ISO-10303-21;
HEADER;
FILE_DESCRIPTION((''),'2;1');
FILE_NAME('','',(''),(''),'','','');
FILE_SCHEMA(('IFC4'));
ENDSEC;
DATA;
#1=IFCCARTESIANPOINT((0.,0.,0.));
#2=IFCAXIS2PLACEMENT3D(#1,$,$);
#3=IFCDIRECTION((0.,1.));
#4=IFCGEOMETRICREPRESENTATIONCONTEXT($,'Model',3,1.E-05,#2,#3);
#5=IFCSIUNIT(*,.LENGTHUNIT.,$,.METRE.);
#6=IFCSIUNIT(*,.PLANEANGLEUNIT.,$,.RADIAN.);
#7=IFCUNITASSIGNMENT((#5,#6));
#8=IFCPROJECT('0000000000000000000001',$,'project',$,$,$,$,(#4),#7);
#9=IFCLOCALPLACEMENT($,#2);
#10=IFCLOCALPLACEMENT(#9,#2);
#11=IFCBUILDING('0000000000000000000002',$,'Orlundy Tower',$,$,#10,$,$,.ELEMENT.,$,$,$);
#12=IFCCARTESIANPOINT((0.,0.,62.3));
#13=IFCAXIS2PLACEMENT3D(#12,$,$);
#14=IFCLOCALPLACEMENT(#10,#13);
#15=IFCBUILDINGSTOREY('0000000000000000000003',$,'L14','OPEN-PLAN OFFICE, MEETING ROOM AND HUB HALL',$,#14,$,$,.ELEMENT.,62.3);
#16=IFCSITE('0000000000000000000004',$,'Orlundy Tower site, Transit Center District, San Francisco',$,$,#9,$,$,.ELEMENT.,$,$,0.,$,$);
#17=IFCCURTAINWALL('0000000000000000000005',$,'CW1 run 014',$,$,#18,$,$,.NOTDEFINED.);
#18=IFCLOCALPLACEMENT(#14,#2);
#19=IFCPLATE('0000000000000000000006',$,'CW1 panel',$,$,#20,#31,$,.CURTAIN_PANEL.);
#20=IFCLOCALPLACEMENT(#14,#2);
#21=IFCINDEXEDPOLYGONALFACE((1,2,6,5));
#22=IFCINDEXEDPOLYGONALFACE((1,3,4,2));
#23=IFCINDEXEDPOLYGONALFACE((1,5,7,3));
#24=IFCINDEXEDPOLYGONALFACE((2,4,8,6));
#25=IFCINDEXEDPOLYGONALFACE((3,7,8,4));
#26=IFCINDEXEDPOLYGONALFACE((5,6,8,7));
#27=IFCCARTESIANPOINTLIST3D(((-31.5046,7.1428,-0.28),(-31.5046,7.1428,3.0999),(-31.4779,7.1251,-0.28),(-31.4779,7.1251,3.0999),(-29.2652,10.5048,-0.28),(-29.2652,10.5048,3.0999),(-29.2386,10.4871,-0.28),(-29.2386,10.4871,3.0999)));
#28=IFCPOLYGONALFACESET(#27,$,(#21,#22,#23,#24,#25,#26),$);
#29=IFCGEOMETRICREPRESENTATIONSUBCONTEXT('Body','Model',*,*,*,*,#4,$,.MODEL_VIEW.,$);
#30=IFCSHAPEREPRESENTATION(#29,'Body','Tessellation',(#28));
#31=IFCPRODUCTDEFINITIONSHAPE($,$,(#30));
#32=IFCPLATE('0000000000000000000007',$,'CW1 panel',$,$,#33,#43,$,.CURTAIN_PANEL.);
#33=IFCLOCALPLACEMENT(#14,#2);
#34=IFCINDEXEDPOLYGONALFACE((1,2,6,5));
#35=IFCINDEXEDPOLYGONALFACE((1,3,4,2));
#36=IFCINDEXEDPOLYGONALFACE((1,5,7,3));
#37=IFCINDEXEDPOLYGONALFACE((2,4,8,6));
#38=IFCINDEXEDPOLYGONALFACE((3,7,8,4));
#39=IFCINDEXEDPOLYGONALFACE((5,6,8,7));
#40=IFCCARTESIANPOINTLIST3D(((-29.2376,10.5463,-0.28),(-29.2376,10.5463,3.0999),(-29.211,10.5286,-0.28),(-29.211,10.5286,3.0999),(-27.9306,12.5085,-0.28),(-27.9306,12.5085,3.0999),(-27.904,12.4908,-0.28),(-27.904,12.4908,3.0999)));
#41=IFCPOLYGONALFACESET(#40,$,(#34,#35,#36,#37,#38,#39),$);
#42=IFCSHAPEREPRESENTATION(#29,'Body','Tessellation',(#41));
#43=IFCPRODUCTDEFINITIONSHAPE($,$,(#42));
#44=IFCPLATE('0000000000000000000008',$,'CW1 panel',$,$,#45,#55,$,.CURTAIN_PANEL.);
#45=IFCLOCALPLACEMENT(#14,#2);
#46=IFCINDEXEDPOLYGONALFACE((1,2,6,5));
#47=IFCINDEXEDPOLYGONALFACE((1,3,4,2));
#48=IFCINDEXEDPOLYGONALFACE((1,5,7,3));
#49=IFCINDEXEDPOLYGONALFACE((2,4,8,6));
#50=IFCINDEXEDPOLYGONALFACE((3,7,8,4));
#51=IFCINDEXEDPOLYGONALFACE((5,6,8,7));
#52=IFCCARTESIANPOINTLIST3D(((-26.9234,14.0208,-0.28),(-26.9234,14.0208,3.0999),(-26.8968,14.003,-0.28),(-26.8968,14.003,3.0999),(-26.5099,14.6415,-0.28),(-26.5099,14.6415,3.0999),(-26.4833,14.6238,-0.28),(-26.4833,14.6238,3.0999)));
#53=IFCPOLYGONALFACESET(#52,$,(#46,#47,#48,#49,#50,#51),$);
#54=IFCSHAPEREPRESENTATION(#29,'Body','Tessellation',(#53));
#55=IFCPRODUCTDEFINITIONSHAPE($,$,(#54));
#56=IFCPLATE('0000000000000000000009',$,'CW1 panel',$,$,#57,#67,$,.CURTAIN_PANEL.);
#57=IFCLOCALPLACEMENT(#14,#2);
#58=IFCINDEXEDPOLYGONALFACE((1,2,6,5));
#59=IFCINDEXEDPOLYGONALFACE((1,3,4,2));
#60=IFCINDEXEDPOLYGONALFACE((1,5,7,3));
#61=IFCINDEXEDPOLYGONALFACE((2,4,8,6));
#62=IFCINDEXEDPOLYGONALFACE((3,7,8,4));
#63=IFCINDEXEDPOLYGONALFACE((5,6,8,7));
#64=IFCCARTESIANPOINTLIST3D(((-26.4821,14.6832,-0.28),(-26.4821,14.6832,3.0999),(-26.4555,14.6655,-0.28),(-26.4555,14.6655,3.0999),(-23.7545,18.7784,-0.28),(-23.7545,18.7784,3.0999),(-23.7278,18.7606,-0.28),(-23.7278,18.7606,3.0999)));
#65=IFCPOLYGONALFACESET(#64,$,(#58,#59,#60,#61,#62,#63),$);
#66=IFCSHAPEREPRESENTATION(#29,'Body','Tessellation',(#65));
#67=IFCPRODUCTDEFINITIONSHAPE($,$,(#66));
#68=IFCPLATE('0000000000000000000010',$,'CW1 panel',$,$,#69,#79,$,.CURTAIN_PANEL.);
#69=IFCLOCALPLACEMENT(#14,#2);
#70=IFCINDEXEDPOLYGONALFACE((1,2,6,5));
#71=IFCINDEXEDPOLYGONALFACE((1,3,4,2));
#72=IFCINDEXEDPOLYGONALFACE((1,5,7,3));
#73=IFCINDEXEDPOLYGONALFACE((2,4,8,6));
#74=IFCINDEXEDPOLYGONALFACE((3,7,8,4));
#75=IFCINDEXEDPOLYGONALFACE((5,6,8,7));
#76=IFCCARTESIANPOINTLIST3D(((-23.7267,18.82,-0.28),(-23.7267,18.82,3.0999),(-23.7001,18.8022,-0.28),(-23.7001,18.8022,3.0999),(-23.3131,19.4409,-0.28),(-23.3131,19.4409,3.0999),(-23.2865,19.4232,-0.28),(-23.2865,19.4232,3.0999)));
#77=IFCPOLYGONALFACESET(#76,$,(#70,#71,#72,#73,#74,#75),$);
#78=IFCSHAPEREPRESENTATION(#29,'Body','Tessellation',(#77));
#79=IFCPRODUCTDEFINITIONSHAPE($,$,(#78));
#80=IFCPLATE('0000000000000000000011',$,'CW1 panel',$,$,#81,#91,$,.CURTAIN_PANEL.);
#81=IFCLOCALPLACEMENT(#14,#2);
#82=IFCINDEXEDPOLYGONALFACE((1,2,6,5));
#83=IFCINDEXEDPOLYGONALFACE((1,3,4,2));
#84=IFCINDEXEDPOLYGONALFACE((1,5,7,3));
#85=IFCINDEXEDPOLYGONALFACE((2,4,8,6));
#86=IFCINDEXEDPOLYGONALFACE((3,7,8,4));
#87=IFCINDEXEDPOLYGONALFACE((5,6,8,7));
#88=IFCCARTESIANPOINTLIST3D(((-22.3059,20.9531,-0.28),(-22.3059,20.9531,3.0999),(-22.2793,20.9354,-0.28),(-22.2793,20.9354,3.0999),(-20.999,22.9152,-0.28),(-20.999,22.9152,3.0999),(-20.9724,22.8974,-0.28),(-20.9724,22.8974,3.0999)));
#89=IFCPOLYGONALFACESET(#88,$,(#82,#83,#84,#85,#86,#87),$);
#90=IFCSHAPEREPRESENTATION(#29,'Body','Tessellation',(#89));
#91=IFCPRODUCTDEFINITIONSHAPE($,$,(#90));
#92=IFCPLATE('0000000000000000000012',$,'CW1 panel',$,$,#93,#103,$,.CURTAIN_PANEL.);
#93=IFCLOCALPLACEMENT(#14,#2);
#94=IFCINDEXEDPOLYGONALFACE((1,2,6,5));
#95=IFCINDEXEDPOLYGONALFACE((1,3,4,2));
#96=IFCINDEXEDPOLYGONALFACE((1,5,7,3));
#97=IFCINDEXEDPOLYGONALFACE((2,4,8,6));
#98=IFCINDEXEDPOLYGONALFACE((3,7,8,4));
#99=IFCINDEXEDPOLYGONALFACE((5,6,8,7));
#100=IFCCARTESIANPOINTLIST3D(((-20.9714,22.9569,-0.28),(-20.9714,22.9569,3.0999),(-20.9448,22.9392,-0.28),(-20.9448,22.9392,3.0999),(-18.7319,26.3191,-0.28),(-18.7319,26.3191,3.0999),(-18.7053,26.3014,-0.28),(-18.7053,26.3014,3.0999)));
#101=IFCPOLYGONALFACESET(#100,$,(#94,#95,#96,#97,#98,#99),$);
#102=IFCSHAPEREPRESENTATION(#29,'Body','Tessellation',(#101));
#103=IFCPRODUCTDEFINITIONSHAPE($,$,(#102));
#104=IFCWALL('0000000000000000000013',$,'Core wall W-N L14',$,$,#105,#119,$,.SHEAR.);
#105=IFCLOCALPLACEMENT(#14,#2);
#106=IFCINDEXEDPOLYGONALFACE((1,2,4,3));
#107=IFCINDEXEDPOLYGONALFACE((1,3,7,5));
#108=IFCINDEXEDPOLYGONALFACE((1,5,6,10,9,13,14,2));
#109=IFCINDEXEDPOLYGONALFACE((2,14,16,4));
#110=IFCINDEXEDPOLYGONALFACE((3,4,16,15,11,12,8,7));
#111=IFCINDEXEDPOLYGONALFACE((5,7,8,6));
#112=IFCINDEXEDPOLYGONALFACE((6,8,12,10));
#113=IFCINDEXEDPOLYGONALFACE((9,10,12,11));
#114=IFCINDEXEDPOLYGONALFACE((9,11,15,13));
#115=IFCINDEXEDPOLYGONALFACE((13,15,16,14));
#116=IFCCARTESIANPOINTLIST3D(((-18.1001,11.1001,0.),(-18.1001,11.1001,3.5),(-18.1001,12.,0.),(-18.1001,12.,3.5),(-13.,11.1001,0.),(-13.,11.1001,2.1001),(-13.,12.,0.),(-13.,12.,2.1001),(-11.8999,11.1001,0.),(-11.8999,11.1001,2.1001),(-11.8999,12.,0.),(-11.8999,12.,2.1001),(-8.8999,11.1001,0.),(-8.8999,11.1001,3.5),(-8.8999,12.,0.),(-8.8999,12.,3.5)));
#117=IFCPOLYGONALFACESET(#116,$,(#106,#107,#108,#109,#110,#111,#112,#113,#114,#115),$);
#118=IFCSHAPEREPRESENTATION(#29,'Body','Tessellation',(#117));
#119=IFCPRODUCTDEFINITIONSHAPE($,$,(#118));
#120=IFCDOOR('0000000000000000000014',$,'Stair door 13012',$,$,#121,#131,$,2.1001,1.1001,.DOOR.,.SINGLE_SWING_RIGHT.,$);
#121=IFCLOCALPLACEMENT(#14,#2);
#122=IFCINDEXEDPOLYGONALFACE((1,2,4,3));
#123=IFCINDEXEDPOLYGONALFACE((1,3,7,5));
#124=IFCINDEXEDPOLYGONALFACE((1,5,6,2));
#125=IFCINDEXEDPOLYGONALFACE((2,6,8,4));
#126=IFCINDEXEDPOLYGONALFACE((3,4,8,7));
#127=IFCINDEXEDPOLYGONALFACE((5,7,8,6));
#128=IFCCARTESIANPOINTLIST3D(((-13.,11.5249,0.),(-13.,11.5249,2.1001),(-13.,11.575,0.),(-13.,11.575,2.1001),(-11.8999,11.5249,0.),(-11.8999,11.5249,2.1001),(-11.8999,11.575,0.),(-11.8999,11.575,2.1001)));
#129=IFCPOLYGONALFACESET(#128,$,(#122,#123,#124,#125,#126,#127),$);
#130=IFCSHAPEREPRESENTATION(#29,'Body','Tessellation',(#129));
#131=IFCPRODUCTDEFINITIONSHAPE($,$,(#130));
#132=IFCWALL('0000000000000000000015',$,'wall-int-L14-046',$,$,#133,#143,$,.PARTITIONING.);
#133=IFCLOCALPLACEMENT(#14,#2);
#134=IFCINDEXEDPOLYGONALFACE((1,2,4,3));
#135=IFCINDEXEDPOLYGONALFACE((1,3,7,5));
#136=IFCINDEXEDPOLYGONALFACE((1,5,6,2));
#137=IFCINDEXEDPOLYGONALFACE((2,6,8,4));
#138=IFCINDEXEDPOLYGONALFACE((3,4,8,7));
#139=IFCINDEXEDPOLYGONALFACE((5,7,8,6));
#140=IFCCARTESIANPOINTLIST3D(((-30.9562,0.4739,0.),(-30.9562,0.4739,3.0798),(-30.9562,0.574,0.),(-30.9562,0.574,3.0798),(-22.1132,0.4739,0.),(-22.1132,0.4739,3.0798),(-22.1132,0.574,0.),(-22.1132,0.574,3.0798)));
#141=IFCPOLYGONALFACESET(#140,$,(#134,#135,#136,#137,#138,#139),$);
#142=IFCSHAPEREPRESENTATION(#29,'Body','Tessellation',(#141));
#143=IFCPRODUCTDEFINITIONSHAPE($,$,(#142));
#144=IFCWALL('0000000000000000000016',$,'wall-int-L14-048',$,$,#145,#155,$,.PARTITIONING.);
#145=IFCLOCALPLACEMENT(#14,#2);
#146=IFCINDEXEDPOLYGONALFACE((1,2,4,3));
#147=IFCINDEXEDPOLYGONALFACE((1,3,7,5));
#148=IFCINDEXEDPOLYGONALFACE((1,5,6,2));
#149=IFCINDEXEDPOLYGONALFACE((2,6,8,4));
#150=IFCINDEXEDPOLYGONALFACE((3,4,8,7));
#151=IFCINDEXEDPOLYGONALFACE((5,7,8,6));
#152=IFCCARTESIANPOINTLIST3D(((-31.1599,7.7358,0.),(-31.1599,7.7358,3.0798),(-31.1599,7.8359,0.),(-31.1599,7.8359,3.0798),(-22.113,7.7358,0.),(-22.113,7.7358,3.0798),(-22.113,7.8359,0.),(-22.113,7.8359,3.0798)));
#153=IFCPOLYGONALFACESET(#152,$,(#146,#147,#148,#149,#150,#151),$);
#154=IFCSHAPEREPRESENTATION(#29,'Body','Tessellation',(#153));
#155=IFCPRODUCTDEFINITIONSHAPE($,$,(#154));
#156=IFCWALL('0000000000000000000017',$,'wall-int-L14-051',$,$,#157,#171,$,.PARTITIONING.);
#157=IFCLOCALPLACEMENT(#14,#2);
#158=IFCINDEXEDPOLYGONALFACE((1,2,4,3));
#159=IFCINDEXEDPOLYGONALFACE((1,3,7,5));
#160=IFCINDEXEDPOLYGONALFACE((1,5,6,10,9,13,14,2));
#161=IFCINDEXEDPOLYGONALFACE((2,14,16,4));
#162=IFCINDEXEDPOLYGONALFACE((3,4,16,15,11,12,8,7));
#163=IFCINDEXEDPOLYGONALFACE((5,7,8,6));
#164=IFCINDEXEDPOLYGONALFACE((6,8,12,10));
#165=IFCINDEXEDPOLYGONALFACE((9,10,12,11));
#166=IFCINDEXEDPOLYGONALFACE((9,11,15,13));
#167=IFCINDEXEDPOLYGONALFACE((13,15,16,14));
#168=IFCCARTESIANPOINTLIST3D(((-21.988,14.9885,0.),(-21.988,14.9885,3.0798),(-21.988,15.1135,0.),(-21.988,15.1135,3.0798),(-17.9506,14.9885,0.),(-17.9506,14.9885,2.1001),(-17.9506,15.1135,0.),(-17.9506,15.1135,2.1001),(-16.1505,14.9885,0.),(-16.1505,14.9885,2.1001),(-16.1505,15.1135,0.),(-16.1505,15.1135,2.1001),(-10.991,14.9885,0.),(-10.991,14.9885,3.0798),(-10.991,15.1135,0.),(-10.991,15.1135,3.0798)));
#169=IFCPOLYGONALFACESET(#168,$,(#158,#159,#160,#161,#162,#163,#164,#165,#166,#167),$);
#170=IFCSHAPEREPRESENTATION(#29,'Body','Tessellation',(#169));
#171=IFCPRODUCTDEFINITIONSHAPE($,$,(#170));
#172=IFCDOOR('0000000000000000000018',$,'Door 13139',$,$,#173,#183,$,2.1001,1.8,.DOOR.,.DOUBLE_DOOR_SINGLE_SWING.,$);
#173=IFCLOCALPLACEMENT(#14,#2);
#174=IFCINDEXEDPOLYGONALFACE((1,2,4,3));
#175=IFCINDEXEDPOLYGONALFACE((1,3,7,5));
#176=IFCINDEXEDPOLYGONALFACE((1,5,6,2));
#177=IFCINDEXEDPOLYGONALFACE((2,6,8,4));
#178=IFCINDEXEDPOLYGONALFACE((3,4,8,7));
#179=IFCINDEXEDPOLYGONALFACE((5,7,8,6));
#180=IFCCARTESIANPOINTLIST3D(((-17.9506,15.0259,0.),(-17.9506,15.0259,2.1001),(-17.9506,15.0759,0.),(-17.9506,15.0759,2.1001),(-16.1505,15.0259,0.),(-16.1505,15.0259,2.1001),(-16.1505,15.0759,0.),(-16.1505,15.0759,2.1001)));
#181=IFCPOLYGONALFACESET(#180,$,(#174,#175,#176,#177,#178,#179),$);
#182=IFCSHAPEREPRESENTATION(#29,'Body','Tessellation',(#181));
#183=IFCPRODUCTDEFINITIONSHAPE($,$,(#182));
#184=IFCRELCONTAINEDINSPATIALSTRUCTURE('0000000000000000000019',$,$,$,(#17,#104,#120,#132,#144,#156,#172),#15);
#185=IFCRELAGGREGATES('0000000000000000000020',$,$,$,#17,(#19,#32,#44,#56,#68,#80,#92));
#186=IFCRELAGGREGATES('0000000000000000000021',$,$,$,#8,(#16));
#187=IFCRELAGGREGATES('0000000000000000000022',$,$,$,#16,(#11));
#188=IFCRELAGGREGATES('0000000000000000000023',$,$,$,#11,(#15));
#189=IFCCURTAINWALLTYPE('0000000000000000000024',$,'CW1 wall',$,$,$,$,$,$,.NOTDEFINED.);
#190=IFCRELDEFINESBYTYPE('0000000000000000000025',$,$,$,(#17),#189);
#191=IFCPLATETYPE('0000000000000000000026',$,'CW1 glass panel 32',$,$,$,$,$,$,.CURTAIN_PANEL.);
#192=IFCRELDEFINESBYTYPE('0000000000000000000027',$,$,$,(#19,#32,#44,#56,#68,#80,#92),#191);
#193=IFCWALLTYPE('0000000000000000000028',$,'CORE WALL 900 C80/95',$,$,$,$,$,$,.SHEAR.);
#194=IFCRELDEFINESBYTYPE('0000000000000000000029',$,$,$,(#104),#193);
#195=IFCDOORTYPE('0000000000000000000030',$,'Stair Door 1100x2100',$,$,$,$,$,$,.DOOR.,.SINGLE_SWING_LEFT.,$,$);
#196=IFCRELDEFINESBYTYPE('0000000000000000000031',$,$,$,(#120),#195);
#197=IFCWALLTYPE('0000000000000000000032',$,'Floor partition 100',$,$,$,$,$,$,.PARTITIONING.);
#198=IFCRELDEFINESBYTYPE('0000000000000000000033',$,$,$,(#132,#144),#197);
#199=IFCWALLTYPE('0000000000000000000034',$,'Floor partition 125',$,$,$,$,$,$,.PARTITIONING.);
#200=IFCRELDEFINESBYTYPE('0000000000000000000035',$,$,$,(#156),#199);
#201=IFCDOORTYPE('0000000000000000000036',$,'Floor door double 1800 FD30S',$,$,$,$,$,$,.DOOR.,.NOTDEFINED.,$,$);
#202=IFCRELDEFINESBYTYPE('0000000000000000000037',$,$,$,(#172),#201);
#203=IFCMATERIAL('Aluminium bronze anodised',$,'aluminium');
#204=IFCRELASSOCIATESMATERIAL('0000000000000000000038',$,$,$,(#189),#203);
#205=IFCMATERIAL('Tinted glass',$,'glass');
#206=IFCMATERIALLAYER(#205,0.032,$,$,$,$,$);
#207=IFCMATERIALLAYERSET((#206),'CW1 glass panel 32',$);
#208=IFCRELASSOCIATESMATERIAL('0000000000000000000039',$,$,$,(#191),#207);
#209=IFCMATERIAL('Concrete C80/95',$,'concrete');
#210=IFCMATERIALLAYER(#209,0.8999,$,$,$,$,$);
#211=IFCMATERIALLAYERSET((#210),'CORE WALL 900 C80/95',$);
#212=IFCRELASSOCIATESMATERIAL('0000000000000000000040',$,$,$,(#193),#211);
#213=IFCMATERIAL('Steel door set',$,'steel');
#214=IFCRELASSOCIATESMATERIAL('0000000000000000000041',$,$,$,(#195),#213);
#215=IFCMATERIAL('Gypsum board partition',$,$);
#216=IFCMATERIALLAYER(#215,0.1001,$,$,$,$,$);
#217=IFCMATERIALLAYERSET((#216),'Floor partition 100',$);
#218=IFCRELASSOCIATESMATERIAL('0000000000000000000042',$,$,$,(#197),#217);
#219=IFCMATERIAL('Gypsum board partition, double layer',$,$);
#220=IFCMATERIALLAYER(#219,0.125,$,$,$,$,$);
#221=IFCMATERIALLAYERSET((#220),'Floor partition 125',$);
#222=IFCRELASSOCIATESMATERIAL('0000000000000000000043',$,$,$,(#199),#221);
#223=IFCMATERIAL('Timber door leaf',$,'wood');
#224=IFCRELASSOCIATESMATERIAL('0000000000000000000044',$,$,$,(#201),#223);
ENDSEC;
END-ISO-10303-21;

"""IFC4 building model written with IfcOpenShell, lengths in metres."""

from ifc_helpers import new_model, si_unit, direction, frame, frame_2d, origin, origin_2d, place, context, subcontext, project, spatial, rectangle, extrude, material, layer, layer_set, type_object, element, fill, aggregate, save


model = new_model("IFC4")

# Units and contexts
model_context = context("Model", 3, precision=1e-05, world=origin(), true_north=direction((0.0, 1.0)))
body_context = subcontext(model_context, "Body", "Model", "MODEL_VIEW")
ifc_project = project(units=[si_unit("LENGTHUNIT", "METRE"), si_unit("PLANEANGLEUNIT", "RADIAN")], contexts=[model_context])

# Site, building, storey
site_placement = place(None, origin())
site = spatial("IfcSite", under=ifc_project, at=site_placement, Name="Orlundy Tower site, Transit Center District, San Francisco", CompositionType="ELEMENT", RefElevation=0.0)
building_placement = place(site_placement, origin())
building = spatial("IfcBuilding", under=site, at=building_placement, Name="Orlundy Tower", CompositionType="ELEMENT")
storey_placement = place(building_placement, frame((0.0, 0.0, 62.3)))
storey = spatial("IfcBuildingStorey", under=building, at=storey_placement, Name="L14", Description="OPEN-PLAN OFFICE, MEETING ROOM AND HUB HALL", CompositionType="ELEMENT", Elevation=62.3)

# Shared definitions
ifc_material_1 = material(Name="Aluminium bronze anodised", Category="aluminium")
curtain_wall_type = type_object("IfcCurtainWallType", Name="CW1 wall", PredefinedType="NOTDEFINED", material=ifc_material_1)

# Curtain wall
curtain_wall_1_placement = place(storey_placement, origin())
curtain_wall_1 = element("IfcCurtainWall", 1, at=curtain_wall_1_placement, inside=storey, type_object=curtain_wall_type, Name="CW1 run 014", PredefinedType="NOTDEFINED")

# Plates
ifc_material_2 = material(Name="Tinted glass", Category="glass")
ifc_layer_1 = layer(ifc_material_2, 0.032)
ifc_layer_set_1 = layer_set([ifc_layer_1], Name="CW1 glass panel 32")
plate_type = type_object("IfcPlateType", Name="CW1 glass panel 32", PredefinedType="CURTAIN_PANEL", material=ifc_layer_set_1)
plate_1_placement = place(storey_placement, frame((-30.3716, 8.8149, -0.28), z_axis=(0.0, 0.0, 1.0), x_axis=(0.554357, 0.832279, 0.0)))
plate_1 = element("IfcPlate", 2, at=plate_1_placement, type_object=plate_type, Name="CW1 panel", PredefinedType="CURTAIN_PANEL", context=body_context, shape_type="SweptSolid", body=[
    extrude(rectangle(XDim=4.0396, YDim=0.032, at=origin_2d()), origin(), (0.0, 0.0, 1.0), 3.3799),
])
plate_2_placement = place(storey_placement, frame((-28.5708, 11.5186, -0.28), z_axis=(0.0, 0.0, 1.0), x_axis=(0.554357, 0.832279, 0.0)))
plate_2 = element("IfcPlate", 3, at=plate_2_placement, type_object=plate_type, Name="CW1 panel", PredefinedType="CURTAIN_PANEL", context=body_context, shape_type="SweptSolid", body=[
    extrude(rectangle(XDim=2.3577, YDim=0.032, at=origin_2d()), origin(), (0.0, 0.0, 1.0), 3.3799),
])
plate_3_placement = place(storey_placement, frame((-26.7034, 14.3223, -0.28), z_axis=(0.0, 0.0, 1.0), x_axis=(0.554357, 0.832279, 0.0)))
plate_3 = element("IfcPlate", 4, at=plate_3_placement, type_object=plate_type, Name="CW1 panel", PredefinedType="CURTAIN_PANEL", context=body_context, shape_type="SweptSolid", body=[
    extrude(rectangle(XDim=0.7458, YDim=0.032, at=origin_2d()), origin(), (0.0, 0.0, 1.0), 3.3799),
])
plate_4_placement = place(storey_placement, frame((-25.105, 16.7219, -0.28), z_axis=(0.0, 0.0, 1.0), x_axis=(0.554357, 0.832279, 0.0)))
plate_4 = element("IfcPlate", 5, at=plate_4_placement, type_object=plate_type, Name="CW1 panel", PredefinedType="CURTAIN_PANEL", context=body_context, shape_type="SweptSolid", body=[
    extrude(rectangle(XDim=4.9204, YDim=0.032, at=origin_2d()), origin(), (0.0, 0.0, 1.0), 3.3799),
])
plate_5_placement = place(storey_placement, frame((-23.5066, 19.1216, -0.28), z_axis=(0.0, 0.0, 1.0), x_axis=(0.554357, 0.832279, 0.0)))
plate_5 = element("IfcPlate", 6, at=plate_5_placement, type_object=plate_type, Name="CW1 panel", PredefinedType="CURTAIN_PANEL", context=body_context, shape_type="SweptSolid", body=[
    extrude(rectangle(XDim=0.7461, YDim=0.032, at=origin_2d()), origin(), (0.0, 0.0, 1.0), 3.3799),
])
plate_6_placement = place(storey_placement, frame((-21.6392, 21.9253, -0.28), z_axis=(0.0, 0.0, 1.0), x_axis=(0.554357, 0.832279, 0.0)))
plate_6 = element("IfcPlate", 7, at=plate_6_placement, type_object=plate_type, Name="CW1 panel", PredefinedType="CURTAIN_PANEL", context=body_context, shape_type="SweptSolid", body=[
    extrude(rectangle(XDim=2.3574, YDim=0.032, at=origin_2d()), origin(), (0.0, 0.0, 1.0), 3.3799),
])
plate_7_placement = place(storey_placement, frame((-19.8384, 24.6292, -0.28), z_axis=(0.0, 0.0, 1.0), x_axis=(0.554357, 0.832279, 0.0)))
plate_7 = element("IfcPlate", 8, at=plate_7_placement, type_object=plate_type, Name="CW1 panel", PredefinedType="CURTAIN_PANEL", context=body_context, shape_type="SweptSolid", body=[
    extrude(rectangle(XDim=4.0398, YDim=0.032, at=origin_2d()), origin(), (0.0, 0.0, 1.0), 3.3799),
])
aggregate(curtain_wall_1, [plate_1, plate_2, plate_3, plate_4, plate_5, plate_6, plate_7])

# Wall, opening, door
ifc_material_3 = material(Name="Concrete C80/95", Category="concrete")
ifc_layer_2 = layer(ifc_material_3, 0.8999)
ifc_layer_set_2 = layer_set([ifc_layer_2], Name="CORE WALL 900 C80/95")
wall_type_1 = type_object("IfcWallType", Name="CORE WALL 900 C80/95", PredefinedType="SHEAR", material=ifc_layer_set_2)
wall_1_placement = place(storey_placement, frame((-18.1001, 11.55, 0.0), z_axis=(0.0, 0.0, 1.0), x_axis=(1.0, 0.0, 0.0)))
wall_1 = element("IfcWall", 9, at=wall_1_placement, inside=storey, type_object=wall_type_1, Name="Core wall W-N L14", PredefinedType="SHEAR", context=body_context, shape_type="SweptSolid", body=[
    extrude(rectangle(XDim=9.2002, YDim=0.8999, at=frame_2d((4.6001, 0.0))), origin(), (0.0, 0.0, 1.0), 3.5),
])
opening_1_placement = place(wall_1_placement, frame((5.1001, 0.0, 0.0)))
opening_1 = element("IfcOpeningElement", 10, at=opening_1_placement, cuts=wall_1, PredefinedType="OPENING", context=body_context, shape_type="SweptSolid", body=[
    extrude(rectangle(XDim=1.1001, YDim=2.1001, at=frame_2d((0.55, 1.05))), frame((0.0, 0.46, 0.0), z_axis=(0.0, -1.0, 0.0), x_axis=(1.0, 0.0, 0.0)), (0.0, 0.0, 1.0), 0.9199),
])
ifc_material_4 = material(Name="Steel door set", Category="steel")
door_type_1 = type_object("IfcDoorType", Name="Stair Door 1100x2100", OperationType="SINGLE_SWING_LEFT", PredefinedType="DOOR", material=ifc_material_4)
door_1_placement = place(opening_1_placement, origin())
door_1 = element("IfcDoor", 11, at=door_1_placement, inside=storey, type_object=door_type_1, Name="Stair door 13012", OperationType="SINGLE_SWING_RIGHT", OverallHeight=2.1001, OverallWidth=1.1001, PredefinedType="DOOR", context=body_context, shape_type="SweptSolid", body=[
    extrude(rectangle(XDim=1.1001, YDim=2.1001, at=frame_2d((0.55, 1.05))), frame((0.0, 0.0249, 0.0), z_axis=(0.0, -1.0, 0.0), x_axis=(1.0, 0.0, 0.0)), (0.0, 0.0, 1.0), 0.05),
])
fill(opening_1, door_1)

# Walls
ifc_material_5 = material(Name="Gypsum board partition")
ifc_layer_3 = layer(ifc_material_5, 0.1001)
ifc_layer_set_3 = layer_set([ifc_layer_3], Name="Floor partition 100")
wall_type_2 = type_object("IfcWallType", Name="Floor partition 100", PredefinedType="PARTITIONING", material=ifc_layer_set_3)
wall_2_placement = place(storey_placement, frame((-30.9561, 0.5239, 0.0), z_axis=(0.0, 0.0, 1.0), x_axis=(1.0, 0.0, 0.0)))
element("IfcWall", 12, at=wall_2_placement, inside=storey, type_object=wall_type_2, Name="wall-int-L14-046", PredefinedType="PARTITIONING", context=body_context, shape_type="SweptSolid", body=[
    extrude(rectangle(XDim=8.843, YDim=0.1001, at=frame_2d((4.4214, 0.0))), origin(), (0.0, 0.0, 1.0), 3.0798),
])
wall_3_placement = place(storey_placement, frame((-31.1599, 7.7859, 0.0), z_axis=(0.0, 0.0, 1.0), x_axis=(1.0, 0.0, 0.0)))
element("IfcWall", 13, at=wall_3_placement, inside=storey, type_object=wall_type_2, Name="wall-int-L14-048", PredefinedType="PARTITIONING", context=body_context, shape_type="SweptSolid", body=[
    extrude(rectangle(XDim=9.0469, YDim=0.1001, at=frame_2d((4.5234, 0.0))), origin(), (0.0, 0.0, 1.0), 3.0798),
])

# Wall, opening, door
ifc_material_6 = material(Name="Gypsum board partition, double layer")
ifc_layer_4 = layer(ifc_material_6, 0.125)
ifc_layer_set_4 = layer_set([ifc_layer_4], Name="Floor partition 125")
wall_type_3 = type_object("IfcWallType", Name="Floor partition 125", PredefinedType="PARTITIONING", material=ifc_layer_set_4)
wall_4_placement = place(storey_placement, frame((-21.988, 15.051, 0.0), z_axis=(0.0, 0.0, 1.0), x_axis=(1.0, 0.0, 0.0)))
wall_4 = element("IfcWall", 14, at=wall_4_placement, inside=storey, type_object=wall_type_3, Name="wall-int-L14-051", PredefinedType="PARTITIONING", context=body_context, shape_type="SweptSolid", body=[
    extrude(rectangle(XDim=10.9971, YDim=0.125, at=frame_2d((5.4985, 0.0))), origin(), (0.0, 0.0, 1.0), 3.0798),
])
opening_2_placement = place(wall_4_placement, frame((4.0376, 0.0, 0.0)))
opening_2 = element("IfcOpeningElement", 15, at=opening_2_placement, cuts=wall_4, PredefinedType="OPENING", context=body_context, shape_type="SweptSolid", body=[
    extrude(rectangle(XDim=1.8, YDim=2.1001, at=frame_2d((0.8999, 1.05))), frame((0.0, 0.0725, 0.0), z_axis=(0.0, -1.0, 0.0), x_axis=(1.0, 0.0, 0.0)), (0.0, 0.0, 1.0), 0.145),
])
ifc_material_7 = material(Name="Timber door leaf", Category="wood")
door_type_2 = type_object("IfcDoorType", Name="Floor door double 1800 FD30S", OperationType="NOTDEFINED", PredefinedType="DOOR", material=ifc_material_7)
door_2_placement = place(opening_2_placement, origin())
door_2 = element("IfcDoor", 16, at=door_2_placement, inside=storey, type_object=door_type_2, Name="Door 13139", OperationType="DOUBLE_DOOR_SINGLE_SWING", OverallHeight=2.1001, OverallWidth=1.8, PredefinedType="DOOR", context=body_context, shape_type="SweptSolid", body=[
    extrude(rectangle(XDim=1.8, YDim=2.1001, at=frame_2d((0.8999, 1.05))), frame((0.0, 0.0249, 0.0), z_axis=(0.0, -1.0, 0.0), x_axis=(1.0, 0.0, 0.0)), (0.0, 0.0, 1.0), 0.05),
])
fill(opening_2, door_2)

save(model, "model.ifc")
